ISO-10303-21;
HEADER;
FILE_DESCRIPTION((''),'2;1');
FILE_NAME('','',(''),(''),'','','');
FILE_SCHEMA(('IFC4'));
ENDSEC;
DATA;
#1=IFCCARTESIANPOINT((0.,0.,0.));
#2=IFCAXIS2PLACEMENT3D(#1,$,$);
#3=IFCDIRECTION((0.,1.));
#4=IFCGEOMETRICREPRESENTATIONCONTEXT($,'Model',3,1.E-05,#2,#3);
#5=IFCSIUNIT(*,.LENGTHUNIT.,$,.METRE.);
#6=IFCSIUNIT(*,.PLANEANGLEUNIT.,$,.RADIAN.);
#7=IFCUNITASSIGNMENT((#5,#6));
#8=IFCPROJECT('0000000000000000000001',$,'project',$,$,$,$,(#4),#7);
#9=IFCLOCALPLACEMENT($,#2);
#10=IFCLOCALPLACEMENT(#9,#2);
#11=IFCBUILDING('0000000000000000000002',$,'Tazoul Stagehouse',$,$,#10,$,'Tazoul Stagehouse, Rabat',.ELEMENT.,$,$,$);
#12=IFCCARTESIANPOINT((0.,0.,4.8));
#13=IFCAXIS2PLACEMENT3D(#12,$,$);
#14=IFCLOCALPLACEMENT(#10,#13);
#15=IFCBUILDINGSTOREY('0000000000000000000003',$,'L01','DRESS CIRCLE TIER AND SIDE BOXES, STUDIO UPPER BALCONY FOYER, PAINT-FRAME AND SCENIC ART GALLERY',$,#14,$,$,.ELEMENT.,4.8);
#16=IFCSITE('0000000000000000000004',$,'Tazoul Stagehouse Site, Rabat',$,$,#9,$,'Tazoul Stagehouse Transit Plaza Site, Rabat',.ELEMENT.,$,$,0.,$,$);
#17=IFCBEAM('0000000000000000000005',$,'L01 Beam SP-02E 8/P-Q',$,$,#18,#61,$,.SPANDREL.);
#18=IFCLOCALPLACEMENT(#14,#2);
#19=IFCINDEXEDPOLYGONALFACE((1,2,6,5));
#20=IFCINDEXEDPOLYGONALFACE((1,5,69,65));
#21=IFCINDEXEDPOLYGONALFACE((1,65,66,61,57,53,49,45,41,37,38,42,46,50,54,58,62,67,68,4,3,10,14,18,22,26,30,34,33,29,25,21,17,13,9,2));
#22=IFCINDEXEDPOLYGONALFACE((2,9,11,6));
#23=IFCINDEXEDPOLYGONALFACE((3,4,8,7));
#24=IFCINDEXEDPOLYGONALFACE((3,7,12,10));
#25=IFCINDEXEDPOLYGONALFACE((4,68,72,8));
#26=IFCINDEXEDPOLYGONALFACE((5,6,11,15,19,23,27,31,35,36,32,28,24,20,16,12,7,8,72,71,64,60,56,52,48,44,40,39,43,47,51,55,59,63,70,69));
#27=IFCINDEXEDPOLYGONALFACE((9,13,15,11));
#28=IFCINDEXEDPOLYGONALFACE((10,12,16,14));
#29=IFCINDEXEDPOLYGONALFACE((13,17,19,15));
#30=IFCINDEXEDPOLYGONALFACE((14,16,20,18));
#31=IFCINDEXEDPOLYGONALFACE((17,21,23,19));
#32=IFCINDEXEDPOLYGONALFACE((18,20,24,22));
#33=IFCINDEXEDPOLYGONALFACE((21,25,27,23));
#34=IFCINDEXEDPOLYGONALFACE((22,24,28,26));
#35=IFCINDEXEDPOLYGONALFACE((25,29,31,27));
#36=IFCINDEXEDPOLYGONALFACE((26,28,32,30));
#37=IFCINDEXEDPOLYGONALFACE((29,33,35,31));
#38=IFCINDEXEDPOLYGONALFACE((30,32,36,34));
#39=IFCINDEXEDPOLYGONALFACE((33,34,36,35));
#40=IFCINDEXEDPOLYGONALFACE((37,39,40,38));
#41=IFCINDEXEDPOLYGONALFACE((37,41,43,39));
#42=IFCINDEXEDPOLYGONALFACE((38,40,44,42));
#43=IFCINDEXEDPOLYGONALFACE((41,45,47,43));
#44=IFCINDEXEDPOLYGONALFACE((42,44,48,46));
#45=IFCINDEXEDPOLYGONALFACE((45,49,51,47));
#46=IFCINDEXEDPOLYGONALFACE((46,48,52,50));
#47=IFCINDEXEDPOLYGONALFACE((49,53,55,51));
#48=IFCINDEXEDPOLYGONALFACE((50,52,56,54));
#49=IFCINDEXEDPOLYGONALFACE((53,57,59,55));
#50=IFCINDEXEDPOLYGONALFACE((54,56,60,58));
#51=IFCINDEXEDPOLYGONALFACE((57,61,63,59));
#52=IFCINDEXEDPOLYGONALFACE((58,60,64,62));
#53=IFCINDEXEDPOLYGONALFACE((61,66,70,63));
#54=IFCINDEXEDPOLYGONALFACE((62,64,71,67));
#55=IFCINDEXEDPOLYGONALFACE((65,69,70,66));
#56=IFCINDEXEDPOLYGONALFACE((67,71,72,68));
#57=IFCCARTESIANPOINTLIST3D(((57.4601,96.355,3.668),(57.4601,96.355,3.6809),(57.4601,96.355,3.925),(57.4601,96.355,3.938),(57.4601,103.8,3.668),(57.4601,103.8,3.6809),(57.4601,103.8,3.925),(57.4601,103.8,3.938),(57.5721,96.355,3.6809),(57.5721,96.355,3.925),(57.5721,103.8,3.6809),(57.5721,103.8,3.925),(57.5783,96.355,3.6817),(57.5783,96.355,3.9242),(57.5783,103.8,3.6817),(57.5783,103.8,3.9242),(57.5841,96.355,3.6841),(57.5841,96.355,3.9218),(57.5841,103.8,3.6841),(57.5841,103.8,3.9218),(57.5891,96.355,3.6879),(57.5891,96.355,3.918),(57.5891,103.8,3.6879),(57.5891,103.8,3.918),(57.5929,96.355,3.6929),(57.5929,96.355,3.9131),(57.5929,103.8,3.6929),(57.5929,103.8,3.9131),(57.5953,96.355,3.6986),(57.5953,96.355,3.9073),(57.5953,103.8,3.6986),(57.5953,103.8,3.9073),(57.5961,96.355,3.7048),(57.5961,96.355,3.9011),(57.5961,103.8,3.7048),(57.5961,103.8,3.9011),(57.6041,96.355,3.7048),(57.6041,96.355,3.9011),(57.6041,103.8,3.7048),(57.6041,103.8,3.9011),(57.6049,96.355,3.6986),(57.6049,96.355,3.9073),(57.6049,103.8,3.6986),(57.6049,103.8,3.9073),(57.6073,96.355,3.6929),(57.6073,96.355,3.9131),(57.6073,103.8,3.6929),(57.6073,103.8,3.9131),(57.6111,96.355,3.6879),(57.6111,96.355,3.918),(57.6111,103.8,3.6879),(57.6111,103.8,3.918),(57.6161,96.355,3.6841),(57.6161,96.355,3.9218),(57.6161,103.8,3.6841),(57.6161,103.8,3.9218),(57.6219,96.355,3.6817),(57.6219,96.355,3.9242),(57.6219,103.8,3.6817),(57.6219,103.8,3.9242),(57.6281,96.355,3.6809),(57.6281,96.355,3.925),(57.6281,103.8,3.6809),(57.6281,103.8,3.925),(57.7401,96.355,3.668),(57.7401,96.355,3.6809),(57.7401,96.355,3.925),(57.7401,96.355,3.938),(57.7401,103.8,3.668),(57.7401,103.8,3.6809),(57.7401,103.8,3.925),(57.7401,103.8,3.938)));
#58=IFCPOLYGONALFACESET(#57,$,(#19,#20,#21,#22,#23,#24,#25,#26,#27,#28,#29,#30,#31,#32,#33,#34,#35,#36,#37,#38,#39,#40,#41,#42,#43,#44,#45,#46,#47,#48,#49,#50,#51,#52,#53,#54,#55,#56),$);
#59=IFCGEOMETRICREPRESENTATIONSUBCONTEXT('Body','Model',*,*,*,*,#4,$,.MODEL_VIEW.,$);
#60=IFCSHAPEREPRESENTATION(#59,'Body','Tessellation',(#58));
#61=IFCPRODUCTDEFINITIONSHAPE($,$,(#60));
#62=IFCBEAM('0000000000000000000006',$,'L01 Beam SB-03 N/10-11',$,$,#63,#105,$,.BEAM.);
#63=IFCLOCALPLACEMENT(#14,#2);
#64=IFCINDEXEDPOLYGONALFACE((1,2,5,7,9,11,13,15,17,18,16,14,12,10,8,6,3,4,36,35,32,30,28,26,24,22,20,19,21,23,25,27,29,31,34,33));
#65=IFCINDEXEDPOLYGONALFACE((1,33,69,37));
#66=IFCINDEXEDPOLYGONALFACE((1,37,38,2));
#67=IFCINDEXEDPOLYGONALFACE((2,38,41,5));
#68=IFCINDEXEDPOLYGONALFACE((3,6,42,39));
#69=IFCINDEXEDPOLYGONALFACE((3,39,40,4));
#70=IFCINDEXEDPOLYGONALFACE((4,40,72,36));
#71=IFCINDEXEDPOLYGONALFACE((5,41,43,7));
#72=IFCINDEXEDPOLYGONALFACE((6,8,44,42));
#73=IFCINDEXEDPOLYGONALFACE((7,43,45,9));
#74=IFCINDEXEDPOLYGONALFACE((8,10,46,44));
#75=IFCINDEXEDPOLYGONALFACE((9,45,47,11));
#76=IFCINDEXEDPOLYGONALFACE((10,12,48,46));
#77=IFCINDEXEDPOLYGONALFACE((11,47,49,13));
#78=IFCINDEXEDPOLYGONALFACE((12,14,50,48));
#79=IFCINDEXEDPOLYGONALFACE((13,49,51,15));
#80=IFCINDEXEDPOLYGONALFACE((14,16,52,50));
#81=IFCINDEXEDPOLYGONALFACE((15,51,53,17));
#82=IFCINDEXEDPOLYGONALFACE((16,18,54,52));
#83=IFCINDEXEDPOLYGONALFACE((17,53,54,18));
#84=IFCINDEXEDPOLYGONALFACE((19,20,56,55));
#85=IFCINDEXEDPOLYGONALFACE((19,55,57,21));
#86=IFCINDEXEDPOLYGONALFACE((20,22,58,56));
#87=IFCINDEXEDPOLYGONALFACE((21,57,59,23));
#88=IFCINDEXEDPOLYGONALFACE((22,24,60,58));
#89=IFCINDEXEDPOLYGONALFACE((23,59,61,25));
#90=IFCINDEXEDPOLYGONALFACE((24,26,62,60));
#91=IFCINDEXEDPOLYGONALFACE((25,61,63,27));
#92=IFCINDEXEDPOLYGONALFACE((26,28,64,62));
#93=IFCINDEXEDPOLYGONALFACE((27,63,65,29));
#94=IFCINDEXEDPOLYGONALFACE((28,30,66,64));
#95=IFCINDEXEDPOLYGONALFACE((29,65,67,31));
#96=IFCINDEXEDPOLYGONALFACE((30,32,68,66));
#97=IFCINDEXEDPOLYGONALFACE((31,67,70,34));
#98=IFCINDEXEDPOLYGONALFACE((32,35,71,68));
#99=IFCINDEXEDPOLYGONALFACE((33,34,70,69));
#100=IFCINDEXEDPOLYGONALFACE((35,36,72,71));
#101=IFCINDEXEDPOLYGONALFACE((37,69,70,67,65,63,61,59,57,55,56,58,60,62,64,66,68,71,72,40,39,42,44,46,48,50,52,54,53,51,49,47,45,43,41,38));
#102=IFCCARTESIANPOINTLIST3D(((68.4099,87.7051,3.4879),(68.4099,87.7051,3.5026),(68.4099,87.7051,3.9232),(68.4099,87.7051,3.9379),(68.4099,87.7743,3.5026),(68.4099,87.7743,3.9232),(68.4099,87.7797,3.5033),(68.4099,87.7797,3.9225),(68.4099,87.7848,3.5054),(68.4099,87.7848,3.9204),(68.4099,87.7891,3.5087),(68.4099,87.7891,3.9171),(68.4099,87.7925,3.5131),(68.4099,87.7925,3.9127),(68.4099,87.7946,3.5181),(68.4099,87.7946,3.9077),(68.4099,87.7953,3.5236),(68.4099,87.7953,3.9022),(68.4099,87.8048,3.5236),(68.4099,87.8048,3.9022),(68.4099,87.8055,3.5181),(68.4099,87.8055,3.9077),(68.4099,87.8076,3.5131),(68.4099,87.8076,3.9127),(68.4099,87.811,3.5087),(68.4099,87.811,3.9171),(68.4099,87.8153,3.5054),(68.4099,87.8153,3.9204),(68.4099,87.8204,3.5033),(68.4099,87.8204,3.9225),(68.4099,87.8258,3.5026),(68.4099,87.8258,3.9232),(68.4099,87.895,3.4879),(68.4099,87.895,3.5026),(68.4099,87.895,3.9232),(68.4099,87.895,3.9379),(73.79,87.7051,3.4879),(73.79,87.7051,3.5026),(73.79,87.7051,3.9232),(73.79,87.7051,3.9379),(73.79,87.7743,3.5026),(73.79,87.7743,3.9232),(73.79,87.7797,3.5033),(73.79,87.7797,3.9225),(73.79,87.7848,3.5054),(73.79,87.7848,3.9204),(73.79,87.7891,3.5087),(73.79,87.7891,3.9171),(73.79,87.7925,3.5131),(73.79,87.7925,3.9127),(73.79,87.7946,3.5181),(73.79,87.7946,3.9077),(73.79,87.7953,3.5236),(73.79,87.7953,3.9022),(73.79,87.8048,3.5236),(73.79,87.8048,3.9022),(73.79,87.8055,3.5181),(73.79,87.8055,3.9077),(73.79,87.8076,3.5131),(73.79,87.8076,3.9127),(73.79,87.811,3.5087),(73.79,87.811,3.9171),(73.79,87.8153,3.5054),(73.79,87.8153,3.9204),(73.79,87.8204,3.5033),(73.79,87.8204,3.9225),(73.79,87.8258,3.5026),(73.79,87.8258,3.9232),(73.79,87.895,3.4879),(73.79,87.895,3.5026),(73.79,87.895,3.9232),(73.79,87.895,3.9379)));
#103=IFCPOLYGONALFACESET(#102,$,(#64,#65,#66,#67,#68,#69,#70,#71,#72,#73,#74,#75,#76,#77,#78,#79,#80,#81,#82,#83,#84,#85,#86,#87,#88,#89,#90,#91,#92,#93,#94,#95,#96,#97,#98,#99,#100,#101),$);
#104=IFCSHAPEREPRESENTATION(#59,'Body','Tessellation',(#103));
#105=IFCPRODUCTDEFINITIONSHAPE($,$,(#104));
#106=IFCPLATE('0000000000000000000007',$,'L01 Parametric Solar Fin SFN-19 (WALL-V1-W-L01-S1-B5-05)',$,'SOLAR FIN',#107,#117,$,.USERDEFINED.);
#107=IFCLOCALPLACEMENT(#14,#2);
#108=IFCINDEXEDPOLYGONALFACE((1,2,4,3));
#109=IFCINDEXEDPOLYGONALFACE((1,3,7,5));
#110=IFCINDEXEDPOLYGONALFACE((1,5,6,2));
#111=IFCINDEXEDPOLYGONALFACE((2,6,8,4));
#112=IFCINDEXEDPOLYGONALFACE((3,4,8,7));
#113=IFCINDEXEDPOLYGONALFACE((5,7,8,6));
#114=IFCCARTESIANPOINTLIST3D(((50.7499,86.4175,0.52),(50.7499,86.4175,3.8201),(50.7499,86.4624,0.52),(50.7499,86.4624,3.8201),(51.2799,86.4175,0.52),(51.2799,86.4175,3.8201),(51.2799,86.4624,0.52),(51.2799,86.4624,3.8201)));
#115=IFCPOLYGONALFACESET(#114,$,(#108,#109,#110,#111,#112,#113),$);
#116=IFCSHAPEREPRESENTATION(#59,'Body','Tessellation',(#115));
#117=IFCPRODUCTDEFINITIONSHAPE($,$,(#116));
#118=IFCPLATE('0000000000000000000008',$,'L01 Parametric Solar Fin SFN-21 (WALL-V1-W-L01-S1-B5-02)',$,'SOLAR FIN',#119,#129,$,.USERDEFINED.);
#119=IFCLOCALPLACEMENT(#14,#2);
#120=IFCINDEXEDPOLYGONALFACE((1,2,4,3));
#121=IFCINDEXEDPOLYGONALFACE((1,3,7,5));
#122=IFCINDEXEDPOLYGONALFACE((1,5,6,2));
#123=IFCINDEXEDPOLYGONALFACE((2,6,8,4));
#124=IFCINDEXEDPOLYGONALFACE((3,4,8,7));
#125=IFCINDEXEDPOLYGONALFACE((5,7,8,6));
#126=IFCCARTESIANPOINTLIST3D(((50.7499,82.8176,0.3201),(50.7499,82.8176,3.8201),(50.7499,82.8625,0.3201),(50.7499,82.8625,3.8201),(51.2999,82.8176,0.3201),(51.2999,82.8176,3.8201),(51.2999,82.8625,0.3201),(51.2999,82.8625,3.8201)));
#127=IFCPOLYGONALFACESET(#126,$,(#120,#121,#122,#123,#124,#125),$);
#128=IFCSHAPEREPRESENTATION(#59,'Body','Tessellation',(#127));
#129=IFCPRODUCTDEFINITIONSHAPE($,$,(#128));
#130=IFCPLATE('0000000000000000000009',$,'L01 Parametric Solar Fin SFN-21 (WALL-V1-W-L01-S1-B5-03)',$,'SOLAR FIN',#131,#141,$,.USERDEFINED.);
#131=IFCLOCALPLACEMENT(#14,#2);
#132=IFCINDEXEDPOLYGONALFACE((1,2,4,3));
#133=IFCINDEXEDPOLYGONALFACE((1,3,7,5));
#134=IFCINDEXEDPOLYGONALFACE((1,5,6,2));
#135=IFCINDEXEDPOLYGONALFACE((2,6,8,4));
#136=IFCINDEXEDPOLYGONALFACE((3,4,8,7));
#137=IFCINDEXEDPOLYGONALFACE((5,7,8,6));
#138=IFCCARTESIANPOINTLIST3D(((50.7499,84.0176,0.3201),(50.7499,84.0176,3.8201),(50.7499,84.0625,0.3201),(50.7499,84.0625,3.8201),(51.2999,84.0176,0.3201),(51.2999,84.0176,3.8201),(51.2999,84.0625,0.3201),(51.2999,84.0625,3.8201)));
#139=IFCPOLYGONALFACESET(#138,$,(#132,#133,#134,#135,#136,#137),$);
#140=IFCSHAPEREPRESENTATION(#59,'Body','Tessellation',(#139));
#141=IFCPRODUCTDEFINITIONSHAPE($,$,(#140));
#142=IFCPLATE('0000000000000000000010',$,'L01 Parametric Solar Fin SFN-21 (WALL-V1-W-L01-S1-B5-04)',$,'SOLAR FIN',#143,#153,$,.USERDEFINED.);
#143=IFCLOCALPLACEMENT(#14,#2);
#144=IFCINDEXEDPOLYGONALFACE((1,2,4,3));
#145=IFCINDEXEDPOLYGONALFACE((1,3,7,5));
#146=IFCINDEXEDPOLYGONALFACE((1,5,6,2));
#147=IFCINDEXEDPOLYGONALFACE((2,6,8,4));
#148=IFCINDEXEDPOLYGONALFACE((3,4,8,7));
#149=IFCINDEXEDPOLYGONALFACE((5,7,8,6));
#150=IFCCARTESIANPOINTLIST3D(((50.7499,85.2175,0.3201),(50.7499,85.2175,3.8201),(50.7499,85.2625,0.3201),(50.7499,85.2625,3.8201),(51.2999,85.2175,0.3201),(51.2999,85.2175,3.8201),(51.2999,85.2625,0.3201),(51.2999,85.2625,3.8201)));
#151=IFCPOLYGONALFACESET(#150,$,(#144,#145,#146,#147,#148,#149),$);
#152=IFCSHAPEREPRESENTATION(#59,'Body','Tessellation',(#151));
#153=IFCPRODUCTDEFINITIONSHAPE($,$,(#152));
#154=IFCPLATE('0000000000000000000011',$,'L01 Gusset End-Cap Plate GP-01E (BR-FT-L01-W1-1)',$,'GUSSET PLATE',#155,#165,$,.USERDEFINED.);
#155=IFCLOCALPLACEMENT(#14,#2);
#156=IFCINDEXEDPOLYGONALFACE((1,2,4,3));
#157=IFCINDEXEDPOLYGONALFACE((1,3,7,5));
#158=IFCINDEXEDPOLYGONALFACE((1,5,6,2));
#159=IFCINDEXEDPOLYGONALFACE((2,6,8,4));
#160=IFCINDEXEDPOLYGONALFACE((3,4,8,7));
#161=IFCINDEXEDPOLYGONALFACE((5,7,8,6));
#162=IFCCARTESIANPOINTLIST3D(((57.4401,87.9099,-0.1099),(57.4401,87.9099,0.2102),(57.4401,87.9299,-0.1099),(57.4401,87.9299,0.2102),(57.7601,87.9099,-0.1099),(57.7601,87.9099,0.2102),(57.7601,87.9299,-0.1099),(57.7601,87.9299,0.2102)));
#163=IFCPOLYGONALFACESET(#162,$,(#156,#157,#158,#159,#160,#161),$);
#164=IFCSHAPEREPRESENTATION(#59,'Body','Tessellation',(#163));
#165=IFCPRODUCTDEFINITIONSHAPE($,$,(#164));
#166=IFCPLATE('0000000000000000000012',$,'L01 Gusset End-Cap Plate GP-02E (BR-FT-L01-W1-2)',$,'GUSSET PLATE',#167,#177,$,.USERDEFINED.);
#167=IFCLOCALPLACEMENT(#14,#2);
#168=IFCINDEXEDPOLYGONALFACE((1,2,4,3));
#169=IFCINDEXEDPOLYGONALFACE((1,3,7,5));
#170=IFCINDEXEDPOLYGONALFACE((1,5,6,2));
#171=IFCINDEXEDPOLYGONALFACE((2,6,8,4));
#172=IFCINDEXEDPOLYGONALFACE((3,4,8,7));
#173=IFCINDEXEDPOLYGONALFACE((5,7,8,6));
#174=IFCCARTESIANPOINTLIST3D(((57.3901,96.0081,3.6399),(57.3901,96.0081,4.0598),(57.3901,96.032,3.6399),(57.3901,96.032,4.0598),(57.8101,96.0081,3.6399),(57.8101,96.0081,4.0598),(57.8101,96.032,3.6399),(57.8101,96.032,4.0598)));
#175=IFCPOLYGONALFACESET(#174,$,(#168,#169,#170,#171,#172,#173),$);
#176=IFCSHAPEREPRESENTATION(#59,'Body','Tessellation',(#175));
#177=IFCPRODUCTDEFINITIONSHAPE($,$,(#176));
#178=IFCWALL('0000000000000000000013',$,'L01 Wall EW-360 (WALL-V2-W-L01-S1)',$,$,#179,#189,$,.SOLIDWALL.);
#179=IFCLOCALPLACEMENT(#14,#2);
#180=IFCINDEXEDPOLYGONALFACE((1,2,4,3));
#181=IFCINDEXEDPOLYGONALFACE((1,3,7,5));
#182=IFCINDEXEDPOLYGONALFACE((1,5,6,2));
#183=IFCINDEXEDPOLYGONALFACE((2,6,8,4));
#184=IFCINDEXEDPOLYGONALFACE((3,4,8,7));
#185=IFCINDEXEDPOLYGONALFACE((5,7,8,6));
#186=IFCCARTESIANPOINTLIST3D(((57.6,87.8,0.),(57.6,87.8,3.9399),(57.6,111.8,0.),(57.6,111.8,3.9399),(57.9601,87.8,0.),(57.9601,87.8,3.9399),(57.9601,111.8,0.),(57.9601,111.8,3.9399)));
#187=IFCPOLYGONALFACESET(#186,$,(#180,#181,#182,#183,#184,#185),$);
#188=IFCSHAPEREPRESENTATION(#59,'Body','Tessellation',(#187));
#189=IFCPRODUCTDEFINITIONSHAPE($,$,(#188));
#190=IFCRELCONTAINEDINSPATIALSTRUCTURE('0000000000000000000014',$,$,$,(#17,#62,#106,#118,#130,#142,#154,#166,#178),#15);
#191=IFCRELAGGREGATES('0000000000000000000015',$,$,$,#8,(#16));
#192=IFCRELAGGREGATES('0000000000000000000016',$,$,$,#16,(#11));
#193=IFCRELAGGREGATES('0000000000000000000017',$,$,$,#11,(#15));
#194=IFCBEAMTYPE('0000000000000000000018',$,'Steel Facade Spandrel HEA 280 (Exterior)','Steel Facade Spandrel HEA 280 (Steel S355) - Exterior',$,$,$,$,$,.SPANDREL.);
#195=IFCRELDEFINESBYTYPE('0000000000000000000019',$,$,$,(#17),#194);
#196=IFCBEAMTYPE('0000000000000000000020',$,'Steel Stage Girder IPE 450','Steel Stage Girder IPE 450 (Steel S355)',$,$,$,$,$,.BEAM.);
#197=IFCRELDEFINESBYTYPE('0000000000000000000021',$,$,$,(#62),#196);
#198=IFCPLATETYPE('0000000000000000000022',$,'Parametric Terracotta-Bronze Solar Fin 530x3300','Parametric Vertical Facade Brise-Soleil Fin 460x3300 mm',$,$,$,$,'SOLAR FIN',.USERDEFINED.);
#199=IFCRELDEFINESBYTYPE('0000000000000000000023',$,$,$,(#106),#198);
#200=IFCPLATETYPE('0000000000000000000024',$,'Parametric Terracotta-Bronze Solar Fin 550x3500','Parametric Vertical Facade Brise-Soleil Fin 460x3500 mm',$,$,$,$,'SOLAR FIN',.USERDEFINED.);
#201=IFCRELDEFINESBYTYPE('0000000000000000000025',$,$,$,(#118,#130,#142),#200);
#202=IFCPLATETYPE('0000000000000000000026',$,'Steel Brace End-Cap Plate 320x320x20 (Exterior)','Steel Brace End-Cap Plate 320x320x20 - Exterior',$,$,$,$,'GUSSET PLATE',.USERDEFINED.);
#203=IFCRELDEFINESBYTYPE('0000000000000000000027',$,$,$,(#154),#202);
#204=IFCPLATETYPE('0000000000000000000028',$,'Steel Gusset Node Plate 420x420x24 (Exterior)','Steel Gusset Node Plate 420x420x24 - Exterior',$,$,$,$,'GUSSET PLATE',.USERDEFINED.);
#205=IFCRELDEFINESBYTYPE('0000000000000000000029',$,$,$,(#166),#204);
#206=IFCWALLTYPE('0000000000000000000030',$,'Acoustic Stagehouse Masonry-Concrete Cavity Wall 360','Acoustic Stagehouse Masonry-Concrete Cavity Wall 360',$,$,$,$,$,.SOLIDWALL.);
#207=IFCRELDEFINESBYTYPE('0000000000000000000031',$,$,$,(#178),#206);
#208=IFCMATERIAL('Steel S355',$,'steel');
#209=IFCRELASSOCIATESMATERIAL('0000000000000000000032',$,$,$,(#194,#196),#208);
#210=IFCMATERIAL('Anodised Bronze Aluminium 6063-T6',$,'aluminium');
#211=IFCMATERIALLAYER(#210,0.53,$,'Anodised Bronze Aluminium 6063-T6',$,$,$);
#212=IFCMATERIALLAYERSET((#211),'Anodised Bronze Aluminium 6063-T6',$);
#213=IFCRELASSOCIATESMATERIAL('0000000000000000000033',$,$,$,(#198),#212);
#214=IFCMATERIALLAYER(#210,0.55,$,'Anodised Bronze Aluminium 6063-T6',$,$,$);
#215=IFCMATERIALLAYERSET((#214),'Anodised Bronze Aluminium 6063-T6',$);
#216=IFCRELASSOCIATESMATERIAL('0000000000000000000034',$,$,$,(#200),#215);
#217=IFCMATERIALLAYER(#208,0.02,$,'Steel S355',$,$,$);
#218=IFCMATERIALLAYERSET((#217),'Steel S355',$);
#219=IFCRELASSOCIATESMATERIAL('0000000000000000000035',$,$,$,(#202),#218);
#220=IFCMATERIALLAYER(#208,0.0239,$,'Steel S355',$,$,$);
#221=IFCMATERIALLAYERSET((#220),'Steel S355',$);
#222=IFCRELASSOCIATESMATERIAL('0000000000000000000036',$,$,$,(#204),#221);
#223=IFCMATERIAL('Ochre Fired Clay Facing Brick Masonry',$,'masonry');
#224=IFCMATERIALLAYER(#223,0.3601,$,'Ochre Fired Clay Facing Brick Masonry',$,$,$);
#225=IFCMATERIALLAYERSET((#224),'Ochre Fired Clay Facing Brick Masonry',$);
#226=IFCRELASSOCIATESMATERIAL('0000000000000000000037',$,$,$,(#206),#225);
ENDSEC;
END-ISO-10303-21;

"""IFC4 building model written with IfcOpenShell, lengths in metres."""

from ifc_helpers import new_model, si_unit, direction, frame, frame_2d, origin, origin_2d, place, context, subcontext, project, spatial, rectangle, i_section, extrude, material, layer, layer_set, material_profile, profile_set, type_object, element, save


model = new_model("IFC4")

# Units and contexts
model_context = context("Model", 3, precision=1e-05, world=origin(), true_north=direction((0.0, 1.0)))
body_context = subcontext(model_context, "Body", "Model", "MODEL_VIEW")
ifc_project = project(units=[si_unit("LENGTHUNIT", "METRE"), si_unit("PLANEANGLEUNIT", "RADIAN")], contexts=[model_context])

# Site, building, storey
site_placement = place(None, origin())
site = spatial("IfcSite", under=ifc_project, at=site_placement, Name="Tazoul Stagehouse Site, Rabat", LongName="Tazoul Stagehouse Transit Plaza Site, Rabat", CompositionType="ELEMENT", RefElevation=0.0)
building_placement = place(site_placement, origin())
building = spatial("IfcBuilding", under=site, at=building_placement, Name="Tazoul Stagehouse", LongName="Tazoul Stagehouse, Rabat", CompositionType="ELEMENT")
storey_placement = place(building_placement, frame((0.0, 0.0, 4.8)))
storey = spatial("IfcBuildingStorey", under=building, at=storey_placement, Name="L01", Description="DRESS CIRCLE TIER AND SIDE BOXES, STUDIO UPPER BALCONY FOYER, PAINT-FRAME AND SCENIC ART GALLERY", CompositionType="ELEMENT", Elevation=4.8)

# Shared definitions
ifc_material_1 = material(Name="Steel S355", Category="steel")

# Beams
ifc_material_profile_1 = material_profile(ifc_material_1, i_section(OverallWidth=0.28, OverallDepth=0.27, WebThickness=0.0081, FlangeThickness=0.0129, FilletRadius=0.0239, at=origin_2d()), Name="HEA 280")
ifc_profile_set_1 = profile_set([ifc_material_profile_1], Name="Steel S355")
beam_type_1 = type_object("IfcBeamType", Name="Steel Facade Spandrel HEA 280 (Exterior)", Description="Steel Facade Spandrel HEA 280 (Steel S355) - Exterior", PredefinedType="SPANDREL", material=ifc_profile_set_1)
beam_1_placement = place(storey_placement, frame((57.6001, 96.355, 3.803), z_axis=(0.0, 1.0, 0.0), x_axis=(-1.0, 0.0, 0.0)))
element("IfcBeam", 1, at=beam_1_placement, inside=storey, type_object=beam_type_1, Name="L01 Beam SP-02E 8/P-Q", PredefinedType="SPANDREL", context=body_context, shape_type="SweptSolid", body=[
    extrude(i_section(OverallWidth=0.28, OverallDepth=0.27, WebThickness=0.0081, FlangeThickness=0.0129, FilletRadius=0.0239, at=origin_2d()), origin(), (0.0, 0.0, 1.0), 7.4451),
])
ifc_material_profile_2 = material_profile(ifc_material_1, i_section(OverallWidth=0.1899, OverallDepth=0.45, WebThickness=0.0095, FlangeThickness=0.0146, FilletRadius=0.021, at=origin_2d()), Name="IPE 450")
ifc_profile_set_2 = profile_set([ifc_material_profile_2], Name="Steel S355")
beam_type_2 = type_object("IfcBeamType", Name="Steel Stage Girder IPE 450", Description="Steel Stage Girder IPE 450 (Steel S355)", PredefinedType="BEAM", material=ifc_profile_set_2)
beam_2_placement = place(storey_placement, frame((68.4099, 87.8, 3.7129), z_axis=(1.0, 0.0, 0.0), x_axis=(0.0, 1.0, 0.0)))
element("IfcBeam", 2, at=beam_2_placement, inside=storey, type_object=beam_type_2, Name="L01 Beam SB-03 N/10-11", PredefinedType="BEAM", context=body_context, shape_type="SweptSolid", body=[
    extrude(i_section(OverallWidth=0.1899, OverallDepth=0.45, WebThickness=0.0095, FlangeThickness=0.0146, FilletRadius=0.021, at=origin_2d()), origin(), (0.0, 0.0, 1.0), 5.3801),
])

# Plates
ifc_material_2 = material(Name="Anodised Bronze Aluminium 6063-T6", Category="aluminium")
ifc_layer_1 = layer(ifc_material_2, 0.53, Name="Anodised Bronze Aluminium 6063-T6")
ifc_layer_set_1 = layer_set([ifc_layer_1], Name="Anodised Bronze Aluminium 6063-T6")
plate_type_1 = type_object("IfcPlateType", Name="Parametric Terracotta-Bronze Solar Fin 530x3300", Description="Parametric Vertical Facade Brise-Soleil Fin 460x3300 mm", ElementType="SOLAR FIN", PredefinedType="USERDEFINED", material=ifc_layer_set_1)
plate_1_placement = place(storey_placement, frame((51.0149, 86.4399, 0.52), z_axis=(0.0, 0.0, 1.0), x_axis=(0.0, 1.0, 0.0)))
element("IfcPlate", 3, at=plate_1_placement, inside=storey, type_object=plate_type_1, Name="L01 Parametric Solar Fin SFN-19 (WALL-V1-W-L01-S1-B5-05)", ObjectType="SOLAR FIN", PredefinedType="USERDEFINED", context=body_context, shape_type="SweptSolid", body=[
    extrude(rectangle(XDim=0.0449, YDim=0.53, at=origin_2d()), origin(), (0.0, 0.0, 1.0), 3.3),
])
ifc_layer_2 = layer(ifc_material_2, 0.55, Name="Anodised Bronze Aluminium 6063-T6")
ifc_layer_set_2 = layer_set([ifc_layer_2], Name="Anodised Bronze Aluminium 6063-T6")
plate_type_2 = type_object("IfcPlateType", Name="Parametric Terracotta-Bronze Solar Fin 550x3500", Description="Parametric Vertical Facade Brise-Soleil Fin 460x3500 mm", ElementType="SOLAR FIN", PredefinedType="USERDEFINED", material=ifc_layer_set_2)
for number, where, z_axis, x_axis, name in (
    (4, (51.0249, 82.8401, 0.3201), (0.0, 0.0, 1.0), (0.0, 1.0, 0.0), "L01 Parametric Solar Fin SFN-21 (WALL-V1-W-L01-S1-B5-02)"),
    (5, (51.0249, 84.04, 0.3201), (0.0, 0.0, 1.0), (0.0, 1.0, 0.0), "L01 Parametric Solar Fin SFN-21 (WALL-V1-W-L01-S1-B5-03)"),
    (6, (51.0249, 85.24, 0.3201), (0.0, 0.0, 1.0), (0.0, 1.0, 0.0), "L01 Parametric Solar Fin SFN-21 (WALL-V1-W-L01-S1-B5-04)"),
):
    element("IfcPlate", number, at=place(storey_placement, frame(where, z_axis=z_axis, x_axis=x_axis)), inside=storey, type_object=plate_type_2, Name=name, ObjectType="SOLAR FIN", PredefinedType="USERDEFINED", context=body_context, shape_type="SweptSolid", body=[
        extrude(rectangle(XDim=0.0449, YDim=0.55, at=origin_2d()), origin(), (0.0, 0.0, 1.0), 3.5),
    ])
ifc_layer_3 = layer(ifc_material_1, 0.02, Name="Steel S355")
ifc_layer_set_3 = layer_set([ifc_layer_3], Name="Steel S355")
plate_type_3 = type_object("IfcPlateType", Name="Steel Brace End-Cap Plate 320x320x20 (Exterior)", Description="Steel Brace End-Cap Plate 320x320x20 - Exterior", ElementType="GUSSET PLATE", PredefinedType="USERDEFINED", material=ifc_layer_set_3)
plate_2_placement = place(storey_placement, frame((57.6001, 87.9199, -0.1099), z_axis=(0.0, 0.0, 1.0), x_axis=(0.0, 1.0, 0.0)))
element("IfcPlate", 7, at=plate_2_placement, inside=storey, type_object=plate_type_3, Name="L01 Gusset End-Cap Plate GP-01E (BR-FT-L01-W1-1)", ObjectType="GUSSET PLATE", PredefinedType="USERDEFINED", context=body_context, shape_type="SweptSolid", body=[
    extrude(rectangle(XDim=0.02, YDim=0.3201, at=origin_2d()), origin(), (0.0, 0.0, 1.0), 0.3201),
])
ifc_layer_4 = layer(ifc_material_1, 0.0239, Name="Steel S355")
ifc_layer_set_4 = layer_set([ifc_layer_4], Name="Steel S355")
plate_type_4 = type_object("IfcPlateType", Name="Steel Gusset Node Plate 420x420x24 (Exterior)", Description="Steel Gusset Node Plate 420x420x24 - Exterior", ElementType="GUSSET PLATE", PredefinedType="USERDEFINED", material=ifc_layer_set_4)
plate_3_placement = place(storey_placement, frame((57.6001, 96.02, 3.6399), z_axis=(0.0, 0.0, 1.0), x_axis=(0.0, 1.0, 0.0)))
element("IfcPlate", 8, at=plate_3_placement, inside=storey, type_object=plate_type_4, Name="L01 Gusset End-Cap Plate GP-02E (BR-FT-L01-W1-2)", ObjectType="GUSSET PLATE", PredefinedType="USERDEFINED", context=body_context, shape_type="SweptSolid", body=[
    extrude(rectangle(XDim=0.0239, YDim=0.4199, at=origin_2d()), origin(), (0.0, 0.0, 1.0), 0.4199),
])

# Wall
ifc_material_3 = material(Name="Ochre Fired Clay Facing Brick Masonry", Category="masonry")
ifc_layer_5 = layer(ifc_material_3, 0.3601, Name="Ochre Fired Clay Facing Brick Masonry")
ifc_layer_set_5 = layer_set([ifc_layer_5], Name="Ochre Fired Clay Facing Brick Masonry")
wall_type_1 = type_object("IfcWallType", Name="Acoustic Stagehouse Masonry-Concrete Cavity Wall 360", Description="Acoustic Stagehouse Masonry-Concrete Cavity Wall 360", PredefinedType="SOLIDWALL", material=ifc_layer_set_5)
wall_1_placement = place(storey_placement, frame((57.78, 87.8, 0.0), z_axis=(0.0, 0.0, 1.0), x_axis=(0.0, 1.0, 0.0)))
element("IfcWall", 9, at=wall_1_placement, inside=storey, type_object=wall_type_1, Name="L01 Wall EW-360 (WALL-V2-W-L01-S1)", PredefinedType="SOLIDWALL", context=body_context, shape_type="SweptSolid", body=[
    extrude(rectangle(XDim=24.0, YDim=0.3601, at=frame_2d((12.0, 0.0))), origin(), (0.0, 0.0, 1.0), 3.9399),
])

save(model, "model.ifc")
